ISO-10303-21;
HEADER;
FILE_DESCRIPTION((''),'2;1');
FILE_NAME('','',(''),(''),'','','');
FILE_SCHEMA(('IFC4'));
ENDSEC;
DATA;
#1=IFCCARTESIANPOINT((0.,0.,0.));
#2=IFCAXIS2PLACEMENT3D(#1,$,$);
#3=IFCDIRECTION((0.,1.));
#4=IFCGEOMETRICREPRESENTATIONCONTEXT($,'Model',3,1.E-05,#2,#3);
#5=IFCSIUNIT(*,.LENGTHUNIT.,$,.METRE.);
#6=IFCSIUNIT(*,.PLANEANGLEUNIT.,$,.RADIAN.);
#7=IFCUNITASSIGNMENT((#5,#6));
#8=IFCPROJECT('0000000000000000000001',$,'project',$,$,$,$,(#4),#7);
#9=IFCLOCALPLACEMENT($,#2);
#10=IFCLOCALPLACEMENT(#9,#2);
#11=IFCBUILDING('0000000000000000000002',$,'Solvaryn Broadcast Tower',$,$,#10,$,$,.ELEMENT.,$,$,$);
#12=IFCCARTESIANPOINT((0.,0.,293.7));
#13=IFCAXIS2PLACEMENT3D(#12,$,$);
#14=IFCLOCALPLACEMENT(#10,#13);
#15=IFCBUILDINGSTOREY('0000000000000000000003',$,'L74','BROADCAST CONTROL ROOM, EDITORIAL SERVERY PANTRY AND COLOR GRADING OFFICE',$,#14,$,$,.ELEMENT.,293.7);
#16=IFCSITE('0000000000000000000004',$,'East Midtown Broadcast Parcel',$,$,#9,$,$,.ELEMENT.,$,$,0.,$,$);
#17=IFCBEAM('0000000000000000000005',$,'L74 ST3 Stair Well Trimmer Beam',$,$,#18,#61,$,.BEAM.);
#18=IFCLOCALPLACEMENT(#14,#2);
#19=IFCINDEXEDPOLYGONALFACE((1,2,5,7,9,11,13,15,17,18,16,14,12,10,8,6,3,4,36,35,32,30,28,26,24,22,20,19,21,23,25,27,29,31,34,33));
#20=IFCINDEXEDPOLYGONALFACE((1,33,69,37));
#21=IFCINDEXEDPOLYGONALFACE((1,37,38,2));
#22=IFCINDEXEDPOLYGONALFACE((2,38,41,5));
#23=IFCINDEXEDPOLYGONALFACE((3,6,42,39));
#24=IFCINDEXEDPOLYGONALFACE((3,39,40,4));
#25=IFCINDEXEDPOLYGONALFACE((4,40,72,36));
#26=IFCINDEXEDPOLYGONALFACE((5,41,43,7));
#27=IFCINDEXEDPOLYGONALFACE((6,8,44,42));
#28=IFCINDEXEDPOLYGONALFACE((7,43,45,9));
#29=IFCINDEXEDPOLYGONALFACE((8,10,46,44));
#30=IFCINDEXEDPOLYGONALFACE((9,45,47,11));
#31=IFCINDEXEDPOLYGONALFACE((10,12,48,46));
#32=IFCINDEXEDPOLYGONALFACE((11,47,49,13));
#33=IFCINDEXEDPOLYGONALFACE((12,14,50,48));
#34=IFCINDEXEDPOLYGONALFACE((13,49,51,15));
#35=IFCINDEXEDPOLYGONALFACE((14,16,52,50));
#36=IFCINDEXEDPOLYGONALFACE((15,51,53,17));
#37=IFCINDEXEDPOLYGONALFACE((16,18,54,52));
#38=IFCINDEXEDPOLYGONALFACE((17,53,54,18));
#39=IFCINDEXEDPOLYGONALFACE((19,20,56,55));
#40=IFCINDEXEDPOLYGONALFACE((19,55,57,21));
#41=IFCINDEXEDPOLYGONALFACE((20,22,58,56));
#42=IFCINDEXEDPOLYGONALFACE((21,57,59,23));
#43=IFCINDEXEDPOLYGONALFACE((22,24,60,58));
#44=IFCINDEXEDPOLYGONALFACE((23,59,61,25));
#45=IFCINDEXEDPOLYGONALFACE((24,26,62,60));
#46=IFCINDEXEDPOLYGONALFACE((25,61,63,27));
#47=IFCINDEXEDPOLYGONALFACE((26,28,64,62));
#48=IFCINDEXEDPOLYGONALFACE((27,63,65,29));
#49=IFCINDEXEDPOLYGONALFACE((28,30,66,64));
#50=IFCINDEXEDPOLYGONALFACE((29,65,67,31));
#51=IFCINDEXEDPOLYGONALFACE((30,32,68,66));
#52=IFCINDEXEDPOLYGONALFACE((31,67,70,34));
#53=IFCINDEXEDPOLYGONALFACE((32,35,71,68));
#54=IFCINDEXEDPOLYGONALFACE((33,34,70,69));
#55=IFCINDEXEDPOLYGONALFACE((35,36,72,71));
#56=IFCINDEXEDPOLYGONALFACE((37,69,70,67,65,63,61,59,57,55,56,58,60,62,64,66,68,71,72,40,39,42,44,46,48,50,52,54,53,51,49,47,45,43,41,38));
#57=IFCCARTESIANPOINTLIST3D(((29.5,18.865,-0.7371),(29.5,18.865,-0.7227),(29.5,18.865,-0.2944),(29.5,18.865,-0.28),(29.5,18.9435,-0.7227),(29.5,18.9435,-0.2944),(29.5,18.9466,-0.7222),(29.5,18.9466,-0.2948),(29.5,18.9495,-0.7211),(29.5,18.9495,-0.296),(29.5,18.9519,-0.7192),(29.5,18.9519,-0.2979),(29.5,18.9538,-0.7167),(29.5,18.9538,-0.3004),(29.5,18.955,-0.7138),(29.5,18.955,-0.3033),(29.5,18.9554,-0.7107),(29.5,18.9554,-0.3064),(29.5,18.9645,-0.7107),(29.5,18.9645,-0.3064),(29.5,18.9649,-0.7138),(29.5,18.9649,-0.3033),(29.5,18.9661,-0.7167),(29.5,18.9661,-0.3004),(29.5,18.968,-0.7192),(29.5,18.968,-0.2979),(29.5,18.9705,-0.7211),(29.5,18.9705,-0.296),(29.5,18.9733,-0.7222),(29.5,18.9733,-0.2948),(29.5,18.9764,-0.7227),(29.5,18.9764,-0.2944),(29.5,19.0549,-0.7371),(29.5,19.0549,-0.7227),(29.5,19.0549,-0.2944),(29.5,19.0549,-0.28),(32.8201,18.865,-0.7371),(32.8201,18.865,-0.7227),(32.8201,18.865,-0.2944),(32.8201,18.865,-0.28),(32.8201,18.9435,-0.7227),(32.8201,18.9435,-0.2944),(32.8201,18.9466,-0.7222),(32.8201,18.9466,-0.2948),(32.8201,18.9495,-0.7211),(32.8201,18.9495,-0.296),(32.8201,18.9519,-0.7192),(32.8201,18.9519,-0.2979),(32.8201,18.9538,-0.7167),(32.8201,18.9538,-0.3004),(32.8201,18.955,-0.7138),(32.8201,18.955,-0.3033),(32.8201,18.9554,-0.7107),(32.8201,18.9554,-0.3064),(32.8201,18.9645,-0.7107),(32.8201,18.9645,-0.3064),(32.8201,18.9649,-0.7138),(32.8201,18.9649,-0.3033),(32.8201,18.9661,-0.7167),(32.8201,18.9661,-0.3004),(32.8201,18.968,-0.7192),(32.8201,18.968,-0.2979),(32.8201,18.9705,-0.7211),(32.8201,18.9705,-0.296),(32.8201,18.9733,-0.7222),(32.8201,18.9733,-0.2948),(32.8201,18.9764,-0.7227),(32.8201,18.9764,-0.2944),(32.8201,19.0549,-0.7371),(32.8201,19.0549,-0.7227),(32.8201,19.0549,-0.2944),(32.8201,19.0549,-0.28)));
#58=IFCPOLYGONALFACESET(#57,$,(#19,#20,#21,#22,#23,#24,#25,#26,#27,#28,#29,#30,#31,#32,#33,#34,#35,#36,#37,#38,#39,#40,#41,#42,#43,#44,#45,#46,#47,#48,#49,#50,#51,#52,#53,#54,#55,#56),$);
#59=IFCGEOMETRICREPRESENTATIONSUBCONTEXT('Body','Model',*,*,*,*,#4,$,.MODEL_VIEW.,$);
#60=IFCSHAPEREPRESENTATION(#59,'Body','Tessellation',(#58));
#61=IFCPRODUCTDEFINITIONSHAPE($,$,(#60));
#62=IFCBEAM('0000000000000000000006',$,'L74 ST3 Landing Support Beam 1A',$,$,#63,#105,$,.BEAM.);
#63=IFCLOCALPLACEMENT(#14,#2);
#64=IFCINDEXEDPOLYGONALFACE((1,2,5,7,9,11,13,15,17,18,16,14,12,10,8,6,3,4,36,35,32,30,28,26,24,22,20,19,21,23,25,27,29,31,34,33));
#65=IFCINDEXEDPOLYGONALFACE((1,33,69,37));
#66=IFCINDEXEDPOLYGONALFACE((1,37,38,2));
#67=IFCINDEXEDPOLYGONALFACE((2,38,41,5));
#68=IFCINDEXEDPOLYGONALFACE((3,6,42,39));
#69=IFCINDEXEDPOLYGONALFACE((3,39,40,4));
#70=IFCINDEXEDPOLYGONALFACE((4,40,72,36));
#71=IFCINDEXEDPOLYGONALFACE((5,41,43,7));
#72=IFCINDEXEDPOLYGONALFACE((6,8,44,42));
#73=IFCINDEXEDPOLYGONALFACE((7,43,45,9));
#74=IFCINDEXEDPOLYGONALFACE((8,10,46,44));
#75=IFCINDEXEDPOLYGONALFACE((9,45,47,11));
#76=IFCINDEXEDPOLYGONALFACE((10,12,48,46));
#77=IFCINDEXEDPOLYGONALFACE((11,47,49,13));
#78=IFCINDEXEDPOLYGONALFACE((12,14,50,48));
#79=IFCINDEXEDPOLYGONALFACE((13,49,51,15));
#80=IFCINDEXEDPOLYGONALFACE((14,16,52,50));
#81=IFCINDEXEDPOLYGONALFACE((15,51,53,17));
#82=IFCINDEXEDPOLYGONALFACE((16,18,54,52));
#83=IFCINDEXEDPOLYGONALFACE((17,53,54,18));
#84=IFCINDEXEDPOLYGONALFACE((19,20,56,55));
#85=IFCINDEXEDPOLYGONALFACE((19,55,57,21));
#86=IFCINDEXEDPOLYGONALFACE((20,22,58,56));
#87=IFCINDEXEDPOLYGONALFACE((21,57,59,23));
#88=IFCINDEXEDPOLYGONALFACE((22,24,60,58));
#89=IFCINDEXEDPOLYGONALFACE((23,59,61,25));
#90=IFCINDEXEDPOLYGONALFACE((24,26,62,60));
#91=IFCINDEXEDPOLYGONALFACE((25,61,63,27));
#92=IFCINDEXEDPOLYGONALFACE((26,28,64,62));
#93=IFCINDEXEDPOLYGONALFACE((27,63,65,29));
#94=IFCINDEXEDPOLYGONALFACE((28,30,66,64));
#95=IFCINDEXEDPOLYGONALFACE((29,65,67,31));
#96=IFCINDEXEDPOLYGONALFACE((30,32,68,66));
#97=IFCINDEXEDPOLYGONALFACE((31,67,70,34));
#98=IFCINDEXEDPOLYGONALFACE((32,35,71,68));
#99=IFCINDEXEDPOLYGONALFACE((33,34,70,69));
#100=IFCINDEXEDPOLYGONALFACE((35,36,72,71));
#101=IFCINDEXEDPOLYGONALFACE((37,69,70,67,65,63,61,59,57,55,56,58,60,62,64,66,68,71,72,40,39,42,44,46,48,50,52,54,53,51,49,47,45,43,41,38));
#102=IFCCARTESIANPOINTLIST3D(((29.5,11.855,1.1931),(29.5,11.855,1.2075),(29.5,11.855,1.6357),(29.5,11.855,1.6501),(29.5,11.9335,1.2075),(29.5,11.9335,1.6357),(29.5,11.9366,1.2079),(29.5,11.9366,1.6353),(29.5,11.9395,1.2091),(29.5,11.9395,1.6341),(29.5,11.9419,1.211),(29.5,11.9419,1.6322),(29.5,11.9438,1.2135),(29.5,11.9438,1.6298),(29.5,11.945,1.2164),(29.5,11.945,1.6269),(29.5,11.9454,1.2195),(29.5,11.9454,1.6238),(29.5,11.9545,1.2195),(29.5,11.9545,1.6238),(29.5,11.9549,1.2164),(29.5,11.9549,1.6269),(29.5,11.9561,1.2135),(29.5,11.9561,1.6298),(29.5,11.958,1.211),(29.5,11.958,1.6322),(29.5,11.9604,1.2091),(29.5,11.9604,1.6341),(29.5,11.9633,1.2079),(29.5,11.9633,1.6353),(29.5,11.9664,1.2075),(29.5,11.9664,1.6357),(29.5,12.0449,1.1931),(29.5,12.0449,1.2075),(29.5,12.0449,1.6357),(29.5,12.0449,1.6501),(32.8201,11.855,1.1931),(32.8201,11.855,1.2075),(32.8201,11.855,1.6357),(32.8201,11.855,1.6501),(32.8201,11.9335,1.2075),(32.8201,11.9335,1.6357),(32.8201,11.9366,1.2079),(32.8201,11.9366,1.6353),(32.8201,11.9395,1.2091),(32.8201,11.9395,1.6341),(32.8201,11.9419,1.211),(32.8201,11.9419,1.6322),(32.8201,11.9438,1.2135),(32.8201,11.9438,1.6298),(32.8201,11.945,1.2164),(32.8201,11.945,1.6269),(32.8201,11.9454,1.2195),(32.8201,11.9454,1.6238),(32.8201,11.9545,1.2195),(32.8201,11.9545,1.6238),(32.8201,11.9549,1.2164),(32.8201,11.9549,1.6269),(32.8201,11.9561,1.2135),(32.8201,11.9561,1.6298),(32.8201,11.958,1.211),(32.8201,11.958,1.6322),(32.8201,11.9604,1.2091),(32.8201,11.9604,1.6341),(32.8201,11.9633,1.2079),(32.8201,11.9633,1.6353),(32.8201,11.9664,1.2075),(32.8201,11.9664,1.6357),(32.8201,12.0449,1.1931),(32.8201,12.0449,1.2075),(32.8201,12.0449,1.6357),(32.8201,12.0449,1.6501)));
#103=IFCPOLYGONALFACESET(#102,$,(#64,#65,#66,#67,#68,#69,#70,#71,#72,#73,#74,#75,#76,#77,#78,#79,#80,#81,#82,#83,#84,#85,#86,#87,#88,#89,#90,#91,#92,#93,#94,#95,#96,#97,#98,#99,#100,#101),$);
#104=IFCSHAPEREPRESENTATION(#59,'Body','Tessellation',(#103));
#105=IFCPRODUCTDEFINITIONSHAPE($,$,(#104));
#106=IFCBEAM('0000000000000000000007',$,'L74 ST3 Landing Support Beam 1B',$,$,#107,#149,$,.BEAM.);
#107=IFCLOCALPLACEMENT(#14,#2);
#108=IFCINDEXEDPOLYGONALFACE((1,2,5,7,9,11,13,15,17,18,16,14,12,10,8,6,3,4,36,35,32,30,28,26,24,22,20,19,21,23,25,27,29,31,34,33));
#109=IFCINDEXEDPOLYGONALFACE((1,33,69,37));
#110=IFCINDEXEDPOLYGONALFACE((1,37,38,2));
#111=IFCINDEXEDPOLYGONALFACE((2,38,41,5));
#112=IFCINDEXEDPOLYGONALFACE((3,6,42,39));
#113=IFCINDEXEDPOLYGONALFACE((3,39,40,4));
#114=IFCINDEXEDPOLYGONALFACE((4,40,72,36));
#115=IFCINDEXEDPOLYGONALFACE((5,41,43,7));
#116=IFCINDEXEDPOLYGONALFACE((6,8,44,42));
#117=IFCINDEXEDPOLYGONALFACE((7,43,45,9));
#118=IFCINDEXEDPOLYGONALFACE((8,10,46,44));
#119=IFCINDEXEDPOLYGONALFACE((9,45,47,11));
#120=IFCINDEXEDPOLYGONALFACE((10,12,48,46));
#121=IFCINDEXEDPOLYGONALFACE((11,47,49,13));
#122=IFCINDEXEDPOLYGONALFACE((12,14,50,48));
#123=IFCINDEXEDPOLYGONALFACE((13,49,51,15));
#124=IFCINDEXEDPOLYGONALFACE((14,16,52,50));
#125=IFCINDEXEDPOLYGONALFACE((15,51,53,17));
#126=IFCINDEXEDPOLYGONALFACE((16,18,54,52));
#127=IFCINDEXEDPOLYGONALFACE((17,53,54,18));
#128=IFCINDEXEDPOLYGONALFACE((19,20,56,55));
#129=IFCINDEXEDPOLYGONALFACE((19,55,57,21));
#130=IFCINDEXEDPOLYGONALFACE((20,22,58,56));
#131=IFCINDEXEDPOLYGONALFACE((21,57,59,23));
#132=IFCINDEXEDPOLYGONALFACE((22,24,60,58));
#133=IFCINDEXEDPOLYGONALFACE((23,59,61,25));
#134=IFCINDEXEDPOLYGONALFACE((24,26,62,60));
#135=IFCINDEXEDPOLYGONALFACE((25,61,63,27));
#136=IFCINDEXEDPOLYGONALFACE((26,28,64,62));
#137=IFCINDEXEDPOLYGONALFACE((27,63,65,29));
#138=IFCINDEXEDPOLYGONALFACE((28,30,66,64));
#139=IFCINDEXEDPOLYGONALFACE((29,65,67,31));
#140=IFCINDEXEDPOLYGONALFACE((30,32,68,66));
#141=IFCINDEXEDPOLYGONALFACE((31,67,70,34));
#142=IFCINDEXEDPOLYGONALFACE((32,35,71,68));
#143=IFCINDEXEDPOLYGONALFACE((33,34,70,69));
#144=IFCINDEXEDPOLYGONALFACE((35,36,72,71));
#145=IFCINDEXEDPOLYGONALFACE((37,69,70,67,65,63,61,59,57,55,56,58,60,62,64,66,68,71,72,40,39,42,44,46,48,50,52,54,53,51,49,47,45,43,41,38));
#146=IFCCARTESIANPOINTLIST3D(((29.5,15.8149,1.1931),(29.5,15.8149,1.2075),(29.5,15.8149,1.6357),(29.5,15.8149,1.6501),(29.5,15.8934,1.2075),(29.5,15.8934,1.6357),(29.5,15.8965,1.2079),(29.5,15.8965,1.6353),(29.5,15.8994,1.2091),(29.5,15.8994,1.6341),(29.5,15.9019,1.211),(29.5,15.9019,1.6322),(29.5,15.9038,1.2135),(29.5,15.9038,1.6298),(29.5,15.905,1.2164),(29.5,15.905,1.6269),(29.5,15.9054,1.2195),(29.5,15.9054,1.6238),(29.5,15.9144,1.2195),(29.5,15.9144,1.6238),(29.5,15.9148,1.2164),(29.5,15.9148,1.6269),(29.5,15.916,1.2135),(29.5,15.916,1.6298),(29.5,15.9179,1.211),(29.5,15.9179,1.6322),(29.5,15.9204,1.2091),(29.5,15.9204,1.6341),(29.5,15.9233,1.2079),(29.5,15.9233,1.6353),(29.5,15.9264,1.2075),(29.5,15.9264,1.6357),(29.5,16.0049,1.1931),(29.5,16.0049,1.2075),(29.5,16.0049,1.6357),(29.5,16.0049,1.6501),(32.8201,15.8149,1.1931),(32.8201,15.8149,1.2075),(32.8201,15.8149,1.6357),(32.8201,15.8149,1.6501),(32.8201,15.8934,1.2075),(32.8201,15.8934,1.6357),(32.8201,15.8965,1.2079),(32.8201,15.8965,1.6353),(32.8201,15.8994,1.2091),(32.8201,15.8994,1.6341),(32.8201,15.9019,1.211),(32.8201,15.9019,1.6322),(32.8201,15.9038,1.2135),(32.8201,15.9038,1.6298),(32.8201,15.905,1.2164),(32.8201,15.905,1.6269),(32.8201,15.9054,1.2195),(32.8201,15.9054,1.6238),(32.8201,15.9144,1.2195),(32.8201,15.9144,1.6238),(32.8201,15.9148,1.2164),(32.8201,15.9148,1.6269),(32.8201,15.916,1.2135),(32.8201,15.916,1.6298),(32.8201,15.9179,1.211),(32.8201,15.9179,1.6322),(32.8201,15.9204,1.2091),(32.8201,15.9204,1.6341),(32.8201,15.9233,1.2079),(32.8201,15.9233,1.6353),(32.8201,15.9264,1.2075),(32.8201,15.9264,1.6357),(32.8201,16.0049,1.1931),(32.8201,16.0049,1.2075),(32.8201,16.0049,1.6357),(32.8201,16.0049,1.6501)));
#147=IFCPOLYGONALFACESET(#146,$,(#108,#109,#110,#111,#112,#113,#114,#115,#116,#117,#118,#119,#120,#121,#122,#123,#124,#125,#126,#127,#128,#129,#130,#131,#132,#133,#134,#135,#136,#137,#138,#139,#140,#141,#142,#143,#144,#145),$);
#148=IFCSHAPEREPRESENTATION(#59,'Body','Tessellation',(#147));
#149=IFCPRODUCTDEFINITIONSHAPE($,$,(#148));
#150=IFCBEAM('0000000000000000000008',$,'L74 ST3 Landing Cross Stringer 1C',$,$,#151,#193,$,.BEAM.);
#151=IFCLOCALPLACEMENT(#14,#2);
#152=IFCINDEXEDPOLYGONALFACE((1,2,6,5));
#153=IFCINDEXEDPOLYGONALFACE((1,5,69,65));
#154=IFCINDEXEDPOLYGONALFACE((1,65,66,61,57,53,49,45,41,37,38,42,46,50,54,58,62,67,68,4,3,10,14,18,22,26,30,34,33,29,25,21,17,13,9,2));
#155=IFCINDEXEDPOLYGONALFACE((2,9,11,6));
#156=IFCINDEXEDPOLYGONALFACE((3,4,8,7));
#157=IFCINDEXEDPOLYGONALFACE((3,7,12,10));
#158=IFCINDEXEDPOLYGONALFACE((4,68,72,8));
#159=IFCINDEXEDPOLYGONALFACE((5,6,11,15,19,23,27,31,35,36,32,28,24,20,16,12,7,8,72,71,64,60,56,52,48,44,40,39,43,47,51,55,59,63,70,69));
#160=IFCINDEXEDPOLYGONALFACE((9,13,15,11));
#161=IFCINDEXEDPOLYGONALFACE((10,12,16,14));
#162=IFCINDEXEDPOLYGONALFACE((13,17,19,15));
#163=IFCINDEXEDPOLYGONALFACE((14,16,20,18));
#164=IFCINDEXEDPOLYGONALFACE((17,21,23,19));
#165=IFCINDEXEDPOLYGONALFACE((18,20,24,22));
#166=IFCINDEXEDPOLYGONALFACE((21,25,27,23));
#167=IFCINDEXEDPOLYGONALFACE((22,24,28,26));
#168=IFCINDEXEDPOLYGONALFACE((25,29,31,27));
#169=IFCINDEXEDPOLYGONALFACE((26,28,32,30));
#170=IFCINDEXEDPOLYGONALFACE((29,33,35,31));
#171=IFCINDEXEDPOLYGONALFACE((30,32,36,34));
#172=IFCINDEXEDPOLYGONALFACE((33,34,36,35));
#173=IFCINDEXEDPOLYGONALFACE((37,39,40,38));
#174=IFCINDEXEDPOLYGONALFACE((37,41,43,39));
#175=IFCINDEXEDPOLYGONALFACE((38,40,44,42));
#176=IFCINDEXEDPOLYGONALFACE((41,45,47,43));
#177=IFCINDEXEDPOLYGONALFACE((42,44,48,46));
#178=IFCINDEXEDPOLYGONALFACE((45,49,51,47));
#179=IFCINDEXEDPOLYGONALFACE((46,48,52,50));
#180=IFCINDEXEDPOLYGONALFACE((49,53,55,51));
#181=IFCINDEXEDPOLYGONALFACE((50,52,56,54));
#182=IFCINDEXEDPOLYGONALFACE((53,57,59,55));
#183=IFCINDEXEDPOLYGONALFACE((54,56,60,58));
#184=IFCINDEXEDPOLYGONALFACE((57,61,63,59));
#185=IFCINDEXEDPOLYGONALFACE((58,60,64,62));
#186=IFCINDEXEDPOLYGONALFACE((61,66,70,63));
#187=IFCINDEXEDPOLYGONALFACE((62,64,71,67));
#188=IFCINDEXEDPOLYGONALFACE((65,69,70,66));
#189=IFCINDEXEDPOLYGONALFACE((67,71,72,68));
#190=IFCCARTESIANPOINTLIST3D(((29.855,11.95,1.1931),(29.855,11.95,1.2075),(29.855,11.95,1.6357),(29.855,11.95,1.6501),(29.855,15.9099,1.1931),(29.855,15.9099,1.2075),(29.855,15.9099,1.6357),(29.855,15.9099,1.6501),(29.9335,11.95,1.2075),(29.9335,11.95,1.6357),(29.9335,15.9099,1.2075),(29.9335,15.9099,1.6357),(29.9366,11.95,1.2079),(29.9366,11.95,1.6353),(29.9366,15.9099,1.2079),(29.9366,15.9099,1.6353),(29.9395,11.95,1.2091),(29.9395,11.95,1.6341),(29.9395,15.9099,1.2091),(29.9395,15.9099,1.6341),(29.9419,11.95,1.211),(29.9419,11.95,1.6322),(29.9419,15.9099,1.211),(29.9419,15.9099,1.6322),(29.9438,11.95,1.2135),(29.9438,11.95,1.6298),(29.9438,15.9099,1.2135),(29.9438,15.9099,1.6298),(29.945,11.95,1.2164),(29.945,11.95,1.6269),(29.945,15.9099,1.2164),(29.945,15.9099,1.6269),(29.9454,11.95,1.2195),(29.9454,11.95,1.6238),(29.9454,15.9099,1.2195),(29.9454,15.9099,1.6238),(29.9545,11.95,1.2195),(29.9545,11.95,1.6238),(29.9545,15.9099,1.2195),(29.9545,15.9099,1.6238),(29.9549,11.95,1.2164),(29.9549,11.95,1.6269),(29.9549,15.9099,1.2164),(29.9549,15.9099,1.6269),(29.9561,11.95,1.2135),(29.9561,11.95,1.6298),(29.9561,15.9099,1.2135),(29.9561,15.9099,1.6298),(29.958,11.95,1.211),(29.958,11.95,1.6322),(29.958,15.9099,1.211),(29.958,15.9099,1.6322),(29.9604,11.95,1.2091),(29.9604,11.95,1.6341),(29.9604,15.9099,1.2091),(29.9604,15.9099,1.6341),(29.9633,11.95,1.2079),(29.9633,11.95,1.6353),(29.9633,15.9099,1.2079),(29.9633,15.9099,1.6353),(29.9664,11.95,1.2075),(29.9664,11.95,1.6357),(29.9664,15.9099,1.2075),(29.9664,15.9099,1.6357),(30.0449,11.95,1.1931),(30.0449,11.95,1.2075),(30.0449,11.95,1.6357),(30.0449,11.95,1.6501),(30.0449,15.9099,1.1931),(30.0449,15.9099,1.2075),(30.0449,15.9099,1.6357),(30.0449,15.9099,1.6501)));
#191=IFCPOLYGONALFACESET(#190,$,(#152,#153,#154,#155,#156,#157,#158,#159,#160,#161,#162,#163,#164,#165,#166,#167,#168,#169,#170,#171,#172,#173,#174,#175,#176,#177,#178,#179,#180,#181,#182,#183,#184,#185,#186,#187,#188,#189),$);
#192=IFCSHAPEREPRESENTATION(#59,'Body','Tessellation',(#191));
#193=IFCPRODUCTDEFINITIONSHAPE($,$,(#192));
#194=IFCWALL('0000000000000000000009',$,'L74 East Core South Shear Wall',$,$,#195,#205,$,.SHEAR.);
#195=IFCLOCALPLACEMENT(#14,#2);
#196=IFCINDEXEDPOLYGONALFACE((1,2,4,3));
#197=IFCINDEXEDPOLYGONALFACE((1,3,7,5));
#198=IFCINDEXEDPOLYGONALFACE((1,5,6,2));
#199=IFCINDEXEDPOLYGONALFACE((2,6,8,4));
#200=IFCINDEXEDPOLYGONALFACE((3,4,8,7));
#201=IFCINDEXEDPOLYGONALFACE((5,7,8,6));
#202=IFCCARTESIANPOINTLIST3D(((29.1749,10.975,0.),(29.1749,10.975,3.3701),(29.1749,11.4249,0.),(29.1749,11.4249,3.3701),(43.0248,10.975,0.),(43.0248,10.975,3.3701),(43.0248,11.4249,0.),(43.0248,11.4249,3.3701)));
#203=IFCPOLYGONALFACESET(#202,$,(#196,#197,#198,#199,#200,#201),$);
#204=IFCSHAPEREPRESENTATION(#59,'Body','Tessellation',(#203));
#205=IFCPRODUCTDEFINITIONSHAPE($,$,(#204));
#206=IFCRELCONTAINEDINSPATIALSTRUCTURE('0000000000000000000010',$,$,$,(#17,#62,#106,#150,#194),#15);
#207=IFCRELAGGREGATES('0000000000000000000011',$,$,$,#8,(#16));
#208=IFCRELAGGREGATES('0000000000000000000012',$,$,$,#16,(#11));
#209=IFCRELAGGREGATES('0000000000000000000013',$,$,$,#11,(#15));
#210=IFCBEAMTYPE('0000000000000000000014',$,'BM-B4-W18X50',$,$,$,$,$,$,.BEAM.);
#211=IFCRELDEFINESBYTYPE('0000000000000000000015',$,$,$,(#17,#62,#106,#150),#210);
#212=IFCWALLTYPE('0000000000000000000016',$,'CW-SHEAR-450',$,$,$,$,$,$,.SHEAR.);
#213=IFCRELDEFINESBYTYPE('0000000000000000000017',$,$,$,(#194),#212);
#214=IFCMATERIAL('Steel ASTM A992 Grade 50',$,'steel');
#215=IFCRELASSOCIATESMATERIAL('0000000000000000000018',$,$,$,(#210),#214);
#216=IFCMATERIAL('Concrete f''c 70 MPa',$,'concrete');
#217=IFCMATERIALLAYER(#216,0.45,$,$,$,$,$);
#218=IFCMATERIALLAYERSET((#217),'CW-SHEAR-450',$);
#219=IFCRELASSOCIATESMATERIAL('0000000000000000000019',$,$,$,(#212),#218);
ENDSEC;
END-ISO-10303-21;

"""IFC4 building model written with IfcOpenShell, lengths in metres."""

from ifc_helpers import new_model, si_unit, direction, frame, frame_2d, origin, origin_2d, place, context, subcontext, project, spatial, rectangle, i_section, extrude, material, layer, layer_set, material_profile, profile_set, type_object, element, save


model = new_model("IFC4")

# Units and contexts
model_context = context("Model", 3, precision=1e-05, world=origin(), true_north=direction((0.0, 1.0)))
body_context = subcontext(model_context, "Body", "Model", "MODEL_VIEW")
ifc_project = project(units=[si_unit("LENGTHUNIT", "METRE"), si_unit("PLANEANGLEUNIT", "RADIAN")], contexts=[model_context])

# Site, building, storey
site_placement = place(None, origin())
site = spatial("IfcSite", under=ifc_project, at=site_placement, Name="East Midtown Broadcast Parcel", CompositionType="ELEMENT", RefElevation=0.0)
building_placement = place(site_placement, origin())
building = spatial("IfcBuilding", under=site, at=building_placement, Name="Solvaryn Broadcast Tower", CompositionType="ELEMENT")
storey_placement = place(building_placement, frame((0.0, 0.0, 293.7)))
storey = spatial("IfcBuildingStorey", under=building, at=storey_placement, Name="L74", Description="BROADCAST CONTROL ROOM, EDITORIAL SERVERY PANTRY AND COLOR GRADING OFFICE", CompositionType="ELEMENT", Elevation=293.7)

# Beams
ifc_material_1 = material(Name="Steel ASTM A992 Grade 50", Category="steel")
ifc_material_profile_1 = material_profile(ifc_material_1, i_section(OverallWidth=0.1899, OverallDepth=0.457, WebThickness=0.009, FlangeThickness=0.0144, FilletRadius=0.012, at=origin_2d()))
ifc_profile_set_1 = profile_set([ifc_material_profile_1], Name="Steel ASTM A992 Grade 50")
beam_type_1 = type_object("IfcBeamType", Name="BM-B4-W18X50", PredefinedType="BEAM", material=ifc_profile_set_1)
for number, where, z_axis, x_axis, name in (
    (1, (29.5, 18.96, -0.5085), (1.0, 0.0, 0.0), (0.0, 1.0, 0.0), "L74 ST3 Stair Well Trimmer Beam"),
    (2, (29.5, 11.95, 1.4216), (1.0, 0.0, 0.0), (0.0, 1.0, 0.0), "L74 ST3 Landing Support Beam 1A"),
    (3, (29.5, 15.9099, 1.4216), (1.0, 0.0, 0.0), (0.0, 1.0, 0.0), "L74 ST3 Landing Support Beam 1B"),
):
    element("IfcBeam", number, at=place(storey_placement, frame(where, z_axis=z_axis, x_axis=x_axis)), inside=storey, type_object=beam_type_1, Name=name, PredefinedType="BEAM", context=body_context, shape_type="SweptSolid", body=[
        extrude(i_section(OverallWidth=0.1899, OverallDepth=0.457, WebThickness=0.009, FlangeThickness=0.0144, FilletRadius=0.012, at=origin_2d()), origin(), (0.0, 0.0, 1.0), 3.3201),
    ])
beam_1_placement = place(storey_placement, frame((29.95, 11.95, 1.4216), z_axis=(0.0, 1.0, 0.0), x_axis=(-1.0, 0.0, 0.0)))
element("IfcBeam", 4, at=beam_1_placement, inside=storey, type_object=beam_type_1, Name="L74 ST3 Landing Cross Stringer 1C", PredefinedType="BEAM", context=body_context, shape_type="SweptSolid", body=[
    extrude(i_section(OverallWidth=0.1899, OverallDepth=0.457, WebThickness=0.009, FlangeThickness=0.0144, FilletRadius=0.012, at=origin_2d()), origin(), (0.0, 0.0, 1.0), 3.96),
])

# Wall
ifc_material_2 = material(Name="Concrete f'c 70 MPa", Category="concrete")
ifc_layer_1 = layer(ifc_material_2, 0.45)
ifc_layer_set_1 = layer_set([ifc_layer_1], Name="CW-SHEAR-450")
wall_type_1 = type_object("IfcWallType", Name="CW-SHEAR-450", PredefinedType="SHEAR", material=ifc_layer_set_1)
wall_1_placement = place(storey_placement, frame((29.175, 11.2, 0.0), z_axis=(0.0, 0.0, 1.0), x_axis=(1.0, 0.0, 0.0)))
element("IfcWall", 5, at=wall_1_placement, inside=storey, type_object=wall_type_1, Name="L74 East Core South Shear Wall", PredefinedType="SHEAR", context=body_context, shape_type="SweptSolid", body=[
    extrude(rectangle(XDim=13.8499, YDim=0.45, at=frame_2d((6.9248, 0.0))), origin(), (0.0, 0.0, 1.0), 3.3701),
])

save(model, "model.ifc")
